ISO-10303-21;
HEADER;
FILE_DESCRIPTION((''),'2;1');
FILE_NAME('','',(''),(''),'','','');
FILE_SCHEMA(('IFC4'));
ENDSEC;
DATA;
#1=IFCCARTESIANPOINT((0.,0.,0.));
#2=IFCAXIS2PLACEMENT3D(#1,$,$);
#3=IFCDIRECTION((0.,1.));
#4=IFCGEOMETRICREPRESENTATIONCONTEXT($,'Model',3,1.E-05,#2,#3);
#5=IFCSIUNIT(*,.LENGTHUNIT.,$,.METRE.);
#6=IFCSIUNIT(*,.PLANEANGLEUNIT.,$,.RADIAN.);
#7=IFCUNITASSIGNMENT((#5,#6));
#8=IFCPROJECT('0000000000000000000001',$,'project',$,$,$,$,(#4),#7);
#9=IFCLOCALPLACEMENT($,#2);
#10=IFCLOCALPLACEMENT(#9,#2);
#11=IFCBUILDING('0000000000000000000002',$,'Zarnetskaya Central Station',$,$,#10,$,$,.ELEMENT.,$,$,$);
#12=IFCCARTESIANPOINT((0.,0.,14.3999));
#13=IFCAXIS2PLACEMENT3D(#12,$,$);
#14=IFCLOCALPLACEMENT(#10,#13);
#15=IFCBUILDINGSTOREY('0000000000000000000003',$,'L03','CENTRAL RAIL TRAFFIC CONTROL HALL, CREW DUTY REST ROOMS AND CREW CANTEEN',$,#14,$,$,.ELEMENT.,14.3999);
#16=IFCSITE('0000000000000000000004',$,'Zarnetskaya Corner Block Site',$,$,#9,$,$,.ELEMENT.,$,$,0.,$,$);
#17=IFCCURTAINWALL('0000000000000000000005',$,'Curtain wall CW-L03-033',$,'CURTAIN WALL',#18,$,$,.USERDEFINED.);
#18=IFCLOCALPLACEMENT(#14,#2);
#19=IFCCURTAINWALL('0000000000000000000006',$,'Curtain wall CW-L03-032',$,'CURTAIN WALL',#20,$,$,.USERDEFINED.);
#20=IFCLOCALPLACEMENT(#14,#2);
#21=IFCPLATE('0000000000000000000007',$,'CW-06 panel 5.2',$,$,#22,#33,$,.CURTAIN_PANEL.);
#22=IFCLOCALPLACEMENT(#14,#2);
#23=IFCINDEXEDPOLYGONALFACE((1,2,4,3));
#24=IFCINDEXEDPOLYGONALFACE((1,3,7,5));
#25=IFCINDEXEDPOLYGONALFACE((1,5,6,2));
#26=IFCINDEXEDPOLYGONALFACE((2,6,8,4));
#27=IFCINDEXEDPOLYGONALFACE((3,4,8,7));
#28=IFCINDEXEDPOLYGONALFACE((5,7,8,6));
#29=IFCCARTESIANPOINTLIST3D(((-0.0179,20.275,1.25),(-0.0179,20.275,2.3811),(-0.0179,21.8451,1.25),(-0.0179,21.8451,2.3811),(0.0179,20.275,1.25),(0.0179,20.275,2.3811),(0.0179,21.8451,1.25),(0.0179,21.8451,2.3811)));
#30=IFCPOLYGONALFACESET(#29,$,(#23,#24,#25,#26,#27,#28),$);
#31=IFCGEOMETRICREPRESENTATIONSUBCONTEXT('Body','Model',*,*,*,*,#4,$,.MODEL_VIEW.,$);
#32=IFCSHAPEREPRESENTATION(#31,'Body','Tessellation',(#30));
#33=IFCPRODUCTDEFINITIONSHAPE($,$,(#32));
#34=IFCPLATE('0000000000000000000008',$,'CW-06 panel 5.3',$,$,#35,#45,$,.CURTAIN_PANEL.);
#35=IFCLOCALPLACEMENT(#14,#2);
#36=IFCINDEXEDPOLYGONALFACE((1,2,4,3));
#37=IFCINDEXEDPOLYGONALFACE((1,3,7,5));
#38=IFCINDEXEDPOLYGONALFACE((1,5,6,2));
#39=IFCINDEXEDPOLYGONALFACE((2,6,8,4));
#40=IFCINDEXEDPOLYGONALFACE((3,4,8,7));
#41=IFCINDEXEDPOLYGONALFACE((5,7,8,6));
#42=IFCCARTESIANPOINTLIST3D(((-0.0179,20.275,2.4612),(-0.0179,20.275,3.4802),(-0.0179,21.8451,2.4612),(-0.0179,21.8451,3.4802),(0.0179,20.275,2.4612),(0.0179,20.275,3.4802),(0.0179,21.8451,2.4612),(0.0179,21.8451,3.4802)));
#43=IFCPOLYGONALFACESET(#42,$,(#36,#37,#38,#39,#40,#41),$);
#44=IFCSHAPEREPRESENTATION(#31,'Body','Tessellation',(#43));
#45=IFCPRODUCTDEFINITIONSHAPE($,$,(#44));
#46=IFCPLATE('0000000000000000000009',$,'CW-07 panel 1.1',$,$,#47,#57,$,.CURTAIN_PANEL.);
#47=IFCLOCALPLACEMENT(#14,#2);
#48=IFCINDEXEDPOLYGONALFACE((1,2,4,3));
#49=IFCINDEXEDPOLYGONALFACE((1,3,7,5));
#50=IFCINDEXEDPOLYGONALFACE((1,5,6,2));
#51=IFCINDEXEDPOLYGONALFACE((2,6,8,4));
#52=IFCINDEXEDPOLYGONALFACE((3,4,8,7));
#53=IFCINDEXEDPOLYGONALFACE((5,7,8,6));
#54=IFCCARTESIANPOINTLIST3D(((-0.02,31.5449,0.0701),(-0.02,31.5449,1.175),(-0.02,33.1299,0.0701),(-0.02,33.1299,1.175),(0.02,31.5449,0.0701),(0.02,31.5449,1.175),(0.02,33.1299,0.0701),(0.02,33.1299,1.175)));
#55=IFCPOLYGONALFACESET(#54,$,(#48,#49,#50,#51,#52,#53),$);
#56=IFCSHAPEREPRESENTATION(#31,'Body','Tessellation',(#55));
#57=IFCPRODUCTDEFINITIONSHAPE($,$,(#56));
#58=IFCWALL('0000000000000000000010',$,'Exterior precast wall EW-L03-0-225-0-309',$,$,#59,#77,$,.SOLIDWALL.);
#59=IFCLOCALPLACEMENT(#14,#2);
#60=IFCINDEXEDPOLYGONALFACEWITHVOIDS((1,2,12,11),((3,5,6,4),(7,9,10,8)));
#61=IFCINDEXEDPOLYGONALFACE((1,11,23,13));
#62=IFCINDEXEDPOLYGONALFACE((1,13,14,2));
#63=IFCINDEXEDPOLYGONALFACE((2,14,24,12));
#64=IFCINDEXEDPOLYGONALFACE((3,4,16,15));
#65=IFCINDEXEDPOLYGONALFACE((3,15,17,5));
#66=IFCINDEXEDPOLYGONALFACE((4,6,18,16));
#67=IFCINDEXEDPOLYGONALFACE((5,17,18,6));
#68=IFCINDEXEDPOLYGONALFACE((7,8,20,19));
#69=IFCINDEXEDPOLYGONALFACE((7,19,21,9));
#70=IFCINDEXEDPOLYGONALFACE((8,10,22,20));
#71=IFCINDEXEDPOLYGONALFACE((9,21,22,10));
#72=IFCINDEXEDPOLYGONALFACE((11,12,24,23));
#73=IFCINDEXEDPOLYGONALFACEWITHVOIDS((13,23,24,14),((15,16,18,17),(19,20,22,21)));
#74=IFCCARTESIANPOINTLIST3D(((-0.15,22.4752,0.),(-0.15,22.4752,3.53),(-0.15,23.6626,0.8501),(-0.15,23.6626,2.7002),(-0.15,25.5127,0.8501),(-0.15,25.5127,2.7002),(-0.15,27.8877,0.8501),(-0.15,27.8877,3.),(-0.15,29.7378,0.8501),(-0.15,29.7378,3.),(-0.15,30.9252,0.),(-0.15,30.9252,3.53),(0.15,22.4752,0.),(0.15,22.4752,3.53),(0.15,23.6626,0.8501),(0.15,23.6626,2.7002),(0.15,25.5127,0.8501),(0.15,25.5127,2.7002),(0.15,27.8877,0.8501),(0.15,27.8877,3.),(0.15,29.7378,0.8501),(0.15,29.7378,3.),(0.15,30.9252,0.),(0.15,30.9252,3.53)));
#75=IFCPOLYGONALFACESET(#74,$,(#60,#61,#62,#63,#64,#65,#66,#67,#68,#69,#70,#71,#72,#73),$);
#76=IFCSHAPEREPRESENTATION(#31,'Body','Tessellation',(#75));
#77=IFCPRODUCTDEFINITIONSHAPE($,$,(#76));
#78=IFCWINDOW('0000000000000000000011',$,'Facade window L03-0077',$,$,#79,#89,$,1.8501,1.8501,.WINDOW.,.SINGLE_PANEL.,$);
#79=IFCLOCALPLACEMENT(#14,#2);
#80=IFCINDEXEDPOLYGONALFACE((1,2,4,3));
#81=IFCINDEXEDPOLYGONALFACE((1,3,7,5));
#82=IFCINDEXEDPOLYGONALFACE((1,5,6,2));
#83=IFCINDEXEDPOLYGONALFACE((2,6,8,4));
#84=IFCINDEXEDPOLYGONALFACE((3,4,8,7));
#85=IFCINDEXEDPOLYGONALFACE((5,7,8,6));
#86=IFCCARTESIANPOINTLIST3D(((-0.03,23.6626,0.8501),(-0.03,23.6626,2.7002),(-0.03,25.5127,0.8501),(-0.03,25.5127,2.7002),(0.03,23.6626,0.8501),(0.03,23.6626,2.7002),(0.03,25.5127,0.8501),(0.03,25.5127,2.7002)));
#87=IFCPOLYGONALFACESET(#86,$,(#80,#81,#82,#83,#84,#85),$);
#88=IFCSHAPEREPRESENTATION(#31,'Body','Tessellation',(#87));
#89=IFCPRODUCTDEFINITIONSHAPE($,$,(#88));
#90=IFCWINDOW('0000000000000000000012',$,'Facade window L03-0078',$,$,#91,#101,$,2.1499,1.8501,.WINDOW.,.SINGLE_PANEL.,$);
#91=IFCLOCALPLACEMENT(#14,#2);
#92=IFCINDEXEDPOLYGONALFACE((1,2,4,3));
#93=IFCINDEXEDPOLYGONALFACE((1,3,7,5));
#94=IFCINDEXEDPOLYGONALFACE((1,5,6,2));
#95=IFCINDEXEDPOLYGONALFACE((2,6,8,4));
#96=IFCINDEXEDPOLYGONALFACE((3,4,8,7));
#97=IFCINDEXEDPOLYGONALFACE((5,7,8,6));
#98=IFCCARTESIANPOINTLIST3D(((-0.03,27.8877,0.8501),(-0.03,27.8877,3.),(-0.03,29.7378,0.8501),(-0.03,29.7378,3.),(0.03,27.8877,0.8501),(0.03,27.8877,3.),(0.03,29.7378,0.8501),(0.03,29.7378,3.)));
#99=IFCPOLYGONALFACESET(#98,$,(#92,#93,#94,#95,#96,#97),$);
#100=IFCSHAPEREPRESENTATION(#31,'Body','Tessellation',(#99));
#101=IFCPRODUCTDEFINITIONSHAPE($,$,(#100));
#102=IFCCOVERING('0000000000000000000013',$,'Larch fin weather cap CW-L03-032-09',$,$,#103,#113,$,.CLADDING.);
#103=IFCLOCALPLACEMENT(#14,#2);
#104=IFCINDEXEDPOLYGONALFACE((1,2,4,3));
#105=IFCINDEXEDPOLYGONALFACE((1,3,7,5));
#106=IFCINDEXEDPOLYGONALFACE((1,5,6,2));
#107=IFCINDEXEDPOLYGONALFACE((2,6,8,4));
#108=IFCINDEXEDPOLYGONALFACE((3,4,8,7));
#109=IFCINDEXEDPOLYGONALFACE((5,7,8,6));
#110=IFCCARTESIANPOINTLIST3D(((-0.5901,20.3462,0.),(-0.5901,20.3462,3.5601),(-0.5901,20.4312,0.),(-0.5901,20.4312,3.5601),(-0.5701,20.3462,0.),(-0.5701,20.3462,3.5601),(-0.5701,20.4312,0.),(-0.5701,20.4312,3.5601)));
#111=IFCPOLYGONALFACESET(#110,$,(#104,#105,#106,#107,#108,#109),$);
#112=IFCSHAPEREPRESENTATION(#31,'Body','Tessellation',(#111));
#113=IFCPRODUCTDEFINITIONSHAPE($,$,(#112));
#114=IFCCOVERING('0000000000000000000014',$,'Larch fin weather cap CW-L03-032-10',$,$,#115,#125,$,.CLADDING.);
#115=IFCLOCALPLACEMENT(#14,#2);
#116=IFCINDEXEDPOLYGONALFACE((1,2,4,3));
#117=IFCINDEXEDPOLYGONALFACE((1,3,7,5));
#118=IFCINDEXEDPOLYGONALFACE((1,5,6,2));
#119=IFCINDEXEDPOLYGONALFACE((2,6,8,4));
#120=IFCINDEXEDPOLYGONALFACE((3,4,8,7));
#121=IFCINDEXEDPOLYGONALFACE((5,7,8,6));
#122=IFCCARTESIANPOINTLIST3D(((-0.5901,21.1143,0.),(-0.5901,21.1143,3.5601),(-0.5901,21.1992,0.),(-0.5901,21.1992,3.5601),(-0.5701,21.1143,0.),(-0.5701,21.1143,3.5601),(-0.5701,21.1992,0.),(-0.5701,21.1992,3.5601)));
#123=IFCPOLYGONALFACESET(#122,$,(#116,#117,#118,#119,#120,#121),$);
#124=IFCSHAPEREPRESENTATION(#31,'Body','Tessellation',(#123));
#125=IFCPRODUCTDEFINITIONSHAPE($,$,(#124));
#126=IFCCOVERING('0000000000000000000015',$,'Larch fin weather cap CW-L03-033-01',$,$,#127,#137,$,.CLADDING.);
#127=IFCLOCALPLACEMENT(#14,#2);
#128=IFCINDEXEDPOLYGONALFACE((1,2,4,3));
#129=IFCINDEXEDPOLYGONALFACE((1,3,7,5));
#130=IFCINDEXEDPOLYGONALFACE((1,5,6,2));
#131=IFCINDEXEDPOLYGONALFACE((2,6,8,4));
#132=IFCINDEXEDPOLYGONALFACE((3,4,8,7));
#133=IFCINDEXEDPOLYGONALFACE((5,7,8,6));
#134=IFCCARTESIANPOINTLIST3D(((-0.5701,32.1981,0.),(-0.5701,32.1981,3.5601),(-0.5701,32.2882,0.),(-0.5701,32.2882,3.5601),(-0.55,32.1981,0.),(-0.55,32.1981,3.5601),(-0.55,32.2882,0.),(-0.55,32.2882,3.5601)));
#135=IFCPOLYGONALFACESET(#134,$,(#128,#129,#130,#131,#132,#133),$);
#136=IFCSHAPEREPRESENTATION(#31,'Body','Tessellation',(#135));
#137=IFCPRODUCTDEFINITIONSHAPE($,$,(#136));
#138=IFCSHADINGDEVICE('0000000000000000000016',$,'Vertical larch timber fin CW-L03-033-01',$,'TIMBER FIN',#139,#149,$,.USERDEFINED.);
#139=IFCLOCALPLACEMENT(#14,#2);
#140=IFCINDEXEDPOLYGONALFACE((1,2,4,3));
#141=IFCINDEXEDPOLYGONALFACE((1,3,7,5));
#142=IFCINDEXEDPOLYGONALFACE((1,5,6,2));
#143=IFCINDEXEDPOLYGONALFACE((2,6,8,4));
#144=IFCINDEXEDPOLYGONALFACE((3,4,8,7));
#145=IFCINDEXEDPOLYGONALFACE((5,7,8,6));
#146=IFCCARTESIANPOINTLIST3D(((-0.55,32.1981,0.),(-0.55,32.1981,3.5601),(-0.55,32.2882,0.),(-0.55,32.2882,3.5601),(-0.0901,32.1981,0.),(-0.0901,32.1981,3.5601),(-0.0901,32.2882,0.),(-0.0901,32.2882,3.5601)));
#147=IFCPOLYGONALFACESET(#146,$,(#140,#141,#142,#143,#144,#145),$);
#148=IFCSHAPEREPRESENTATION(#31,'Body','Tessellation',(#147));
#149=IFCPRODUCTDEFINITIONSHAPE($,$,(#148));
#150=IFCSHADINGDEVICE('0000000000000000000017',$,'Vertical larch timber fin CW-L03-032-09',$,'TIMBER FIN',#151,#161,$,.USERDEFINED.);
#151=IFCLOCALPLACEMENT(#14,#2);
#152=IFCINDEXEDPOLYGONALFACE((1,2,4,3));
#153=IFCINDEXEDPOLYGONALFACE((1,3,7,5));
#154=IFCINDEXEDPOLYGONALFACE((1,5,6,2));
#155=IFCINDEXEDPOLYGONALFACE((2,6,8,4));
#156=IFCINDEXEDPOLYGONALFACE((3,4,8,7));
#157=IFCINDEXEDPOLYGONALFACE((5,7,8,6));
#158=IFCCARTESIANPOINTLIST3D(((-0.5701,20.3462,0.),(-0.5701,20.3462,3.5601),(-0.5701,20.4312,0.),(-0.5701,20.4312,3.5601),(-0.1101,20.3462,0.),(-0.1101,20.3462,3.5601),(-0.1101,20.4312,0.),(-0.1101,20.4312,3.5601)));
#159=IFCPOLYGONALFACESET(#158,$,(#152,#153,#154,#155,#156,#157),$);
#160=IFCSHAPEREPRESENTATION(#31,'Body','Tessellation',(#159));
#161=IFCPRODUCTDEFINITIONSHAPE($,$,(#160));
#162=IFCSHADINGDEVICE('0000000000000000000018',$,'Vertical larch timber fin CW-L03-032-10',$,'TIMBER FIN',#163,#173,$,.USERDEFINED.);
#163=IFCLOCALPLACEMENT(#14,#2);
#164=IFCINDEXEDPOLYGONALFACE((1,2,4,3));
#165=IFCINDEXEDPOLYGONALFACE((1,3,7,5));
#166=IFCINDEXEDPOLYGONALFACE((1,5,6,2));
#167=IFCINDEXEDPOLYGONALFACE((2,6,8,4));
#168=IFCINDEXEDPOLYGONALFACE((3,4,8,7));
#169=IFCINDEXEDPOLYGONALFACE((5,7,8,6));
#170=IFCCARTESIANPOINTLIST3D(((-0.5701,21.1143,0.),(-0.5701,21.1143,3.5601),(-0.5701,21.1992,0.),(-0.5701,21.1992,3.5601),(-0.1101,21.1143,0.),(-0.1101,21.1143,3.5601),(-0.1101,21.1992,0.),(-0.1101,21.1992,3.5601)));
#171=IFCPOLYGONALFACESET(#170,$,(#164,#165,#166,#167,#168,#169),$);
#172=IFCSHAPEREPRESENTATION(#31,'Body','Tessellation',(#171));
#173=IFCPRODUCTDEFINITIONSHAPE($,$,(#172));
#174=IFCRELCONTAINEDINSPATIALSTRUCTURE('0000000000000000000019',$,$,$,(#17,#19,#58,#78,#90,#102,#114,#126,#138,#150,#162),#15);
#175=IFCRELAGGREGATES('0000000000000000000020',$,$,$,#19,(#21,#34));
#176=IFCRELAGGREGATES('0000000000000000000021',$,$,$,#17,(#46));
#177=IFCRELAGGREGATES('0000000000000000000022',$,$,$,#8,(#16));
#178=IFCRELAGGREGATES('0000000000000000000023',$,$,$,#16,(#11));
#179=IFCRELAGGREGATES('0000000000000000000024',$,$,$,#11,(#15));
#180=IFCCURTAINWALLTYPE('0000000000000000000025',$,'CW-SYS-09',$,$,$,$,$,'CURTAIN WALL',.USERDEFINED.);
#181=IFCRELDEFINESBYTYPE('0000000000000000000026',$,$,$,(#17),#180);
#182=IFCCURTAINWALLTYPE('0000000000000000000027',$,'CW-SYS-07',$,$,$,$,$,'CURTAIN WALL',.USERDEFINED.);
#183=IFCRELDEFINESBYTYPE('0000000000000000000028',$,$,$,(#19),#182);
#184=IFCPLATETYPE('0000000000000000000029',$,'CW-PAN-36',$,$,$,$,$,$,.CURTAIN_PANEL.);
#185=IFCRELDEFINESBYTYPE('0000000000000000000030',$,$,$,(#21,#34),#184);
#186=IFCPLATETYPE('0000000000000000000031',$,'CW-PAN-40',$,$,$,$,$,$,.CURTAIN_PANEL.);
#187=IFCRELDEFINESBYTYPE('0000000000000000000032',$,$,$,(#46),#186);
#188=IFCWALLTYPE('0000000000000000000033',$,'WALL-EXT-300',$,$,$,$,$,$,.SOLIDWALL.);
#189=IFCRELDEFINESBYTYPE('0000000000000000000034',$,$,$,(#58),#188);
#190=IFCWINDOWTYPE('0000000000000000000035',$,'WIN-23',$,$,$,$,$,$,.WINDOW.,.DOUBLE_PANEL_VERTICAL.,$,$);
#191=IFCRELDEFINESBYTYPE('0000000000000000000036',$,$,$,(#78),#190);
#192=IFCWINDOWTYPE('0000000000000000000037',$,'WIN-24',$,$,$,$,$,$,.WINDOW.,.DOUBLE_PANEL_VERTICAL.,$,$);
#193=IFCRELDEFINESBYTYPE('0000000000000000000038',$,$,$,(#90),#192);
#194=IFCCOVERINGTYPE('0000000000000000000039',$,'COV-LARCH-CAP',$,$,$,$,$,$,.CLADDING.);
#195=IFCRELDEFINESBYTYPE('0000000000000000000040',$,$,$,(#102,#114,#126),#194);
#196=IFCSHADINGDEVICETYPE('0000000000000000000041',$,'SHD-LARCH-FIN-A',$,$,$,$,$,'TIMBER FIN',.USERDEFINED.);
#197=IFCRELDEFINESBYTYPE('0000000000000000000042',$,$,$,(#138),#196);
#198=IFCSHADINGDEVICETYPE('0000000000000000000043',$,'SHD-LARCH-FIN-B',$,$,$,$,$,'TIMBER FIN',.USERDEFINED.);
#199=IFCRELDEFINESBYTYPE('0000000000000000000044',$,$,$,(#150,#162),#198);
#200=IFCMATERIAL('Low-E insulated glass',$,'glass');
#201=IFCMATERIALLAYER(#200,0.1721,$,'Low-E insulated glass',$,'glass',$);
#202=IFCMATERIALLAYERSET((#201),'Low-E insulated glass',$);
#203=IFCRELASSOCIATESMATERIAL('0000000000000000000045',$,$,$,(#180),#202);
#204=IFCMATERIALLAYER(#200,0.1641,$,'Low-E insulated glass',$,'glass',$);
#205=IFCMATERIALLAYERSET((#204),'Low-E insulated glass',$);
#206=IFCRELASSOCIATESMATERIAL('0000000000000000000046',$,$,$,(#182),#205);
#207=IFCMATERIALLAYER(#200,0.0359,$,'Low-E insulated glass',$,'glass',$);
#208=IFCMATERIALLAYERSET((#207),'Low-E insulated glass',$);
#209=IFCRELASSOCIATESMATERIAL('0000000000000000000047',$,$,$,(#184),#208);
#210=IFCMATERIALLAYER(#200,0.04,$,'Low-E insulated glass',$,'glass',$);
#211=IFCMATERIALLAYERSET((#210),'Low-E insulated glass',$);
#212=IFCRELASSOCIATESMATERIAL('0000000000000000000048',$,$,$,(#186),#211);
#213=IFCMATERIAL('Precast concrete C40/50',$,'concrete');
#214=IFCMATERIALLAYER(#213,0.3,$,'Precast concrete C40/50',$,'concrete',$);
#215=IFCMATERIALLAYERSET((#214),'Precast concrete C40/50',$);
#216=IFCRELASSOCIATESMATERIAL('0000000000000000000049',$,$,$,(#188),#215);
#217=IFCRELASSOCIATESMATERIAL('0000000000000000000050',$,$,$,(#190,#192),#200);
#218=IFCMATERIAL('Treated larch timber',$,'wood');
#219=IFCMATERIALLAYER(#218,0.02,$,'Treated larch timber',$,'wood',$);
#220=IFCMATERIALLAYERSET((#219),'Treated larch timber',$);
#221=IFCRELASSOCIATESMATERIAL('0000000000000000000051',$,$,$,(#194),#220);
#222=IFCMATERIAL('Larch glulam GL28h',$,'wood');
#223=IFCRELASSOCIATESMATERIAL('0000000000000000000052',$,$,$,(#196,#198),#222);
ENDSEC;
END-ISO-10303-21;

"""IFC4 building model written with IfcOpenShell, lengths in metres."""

from ifc_helpers import new_model, si_unit, direction, frame, frame_2d, origin, origin_2d, place, context, subcontext, project, spatial, rectangle, extrude, material, layer, layer_set, type_object, element, fill, aggregate, save


model = new_model("IFC4")

# Units and contexts
model_context = context("Model", 3, precision=1e-05, world=origin(), true_north=direction((0.0, 1.0)))
body_context = subcontext(model_context, "Body", "Model", "MODEL_VIEW")
ifc_project = project(units=[si_unit("LENGTHUNIT", "METRE"), si_unit("PLANEANGLEUNIT", "RADIAN")], contexts=[model_context])

# Site, building, storey
site_placement = place(None, origin())
site = spatial("IfcSite", under=ifc_project, at=site_placement, Name="Zarnetskaya Corner Block Site", CompositionType="ELEMENT", RefElevation=0.0)
building_placement = place(site_placement, origin())
building = spatial("IfcBuilding", under=site, at=building_placement, Name="Zarnetskaya Central Station", CompositionType="ELEMENT")
storey_placement = place(building_placement, frame((0.0, 0.0, 14.3999)))
storey = spatial("IfcBuildingStorey", under=building, at=storey_placement, Name="L03", Description="CENTRAL RAIL TRAFFIC CONTROL HALL, CREW DUTY REST ROOMS AND CREW CANTEEN", CompositionType="ELEMENT", Elevation=14.3999)

# Curtain walls
ifc_material_1 = material(Name="Low-E insulated glass", Category="glass")
ifc_layer_1 = layer(ifc_material_1, 0.1721, Name="Low-E insulated glass", Category="glass")
ifc_layer_set_1 = layer_set([ifc_layer_1], Name="Low-E insulated glass")
curtain_wall_type_1 = type_object("IfcCurtainWallType", Name="CW-SYS-09", ElementType="CURTAIN WALL", PredefinedType="USERDEFINED", material=ifc_layer_set_1)
curtain_wall_1_placement = place(storey_placement, origin())
curtain_wall_1 = element("IfcCurtainWall", 1, at=curtain_wall_1_placement, inside=storey, type_object=curtain_wall_type_1, Name="Curtain wall CW-L03-033", ObjectType="CURTAIN WALL", PredefinedType="USERDEFINED")
ifc_layer_2 = layer(ifc_material_1, 0.1641, Name="Low-E insulated glass", Category="glass")
ifc_layer_set_2 = layer_set([ifc_layer_2], Name="Low-E insulated glass")
curtain_wall_type_2 = type_object("IfcCurtainWallType", Name="CW-SYS-07", ElementType="CURTAIN WALL", PredefinedType="USERDEFINED", material=ifc_layer_set_2)
curtain_wall_2_placement = place(storey_placement, origin())
curtain_wall_2 = element("IfcCurtainWall", 2, at=curtain_wall_2_placement, inside=storey, type_object=curtain_wall_type_2, Name="Curtain wall CW-L03-032", ObjectType="CURTAIN WALL", PredefinedType="USERDEFINED")

# Plates
ifc_layer_3 = layer(ifc_material_1, 0.0359, Name="Low-E insulated glass", Category="glass")
ifc_layer_set_3 = layer_set([ifc_layer_3], Name="Low-E insulated glass")
plate_type_1 = type_object("IfcPlateType", Name="CW-PAN-36", PredefinedType="CURTAIN_PANEL", material=ifc_layer_set_3)
plate_1_placement = place(storey_placement, frame((0.0, 21.0601, 1.25), z_axis=(0.0, 0.0, 1.0), x_axis=(0.0, 1.0, 0.0)))
plate_1 = element("IfcPlate", 3, at=plate_1_placement, type_object=plate_type_1, Name="CW-06 panel 5.2", PredefinedType="CURTAIN_PANEL", context=body_context, shape_type="SweptSolid", body=[
    extrude(rectangle(XDim=1.5701, YDim=0.0359, at=origin_2d()), origin(), (0.0, 0.0, 1.0), 1.1311),
])
plate_2_placement = place(storey_placement, frame((0.0, 21.0601, 2.4612), z_axis=(0.0, 0.0, 1.0), x_axis=(0.0, 1.0, 0.0)))
plate_2 = element("IfcPlate", 4, at=plate_2_placement, type_object=plate_type_1, Name="CW-06 panel 5.3", PredefinedType="CURTAIN_PANEL", context=body_context, shape_type="SweptSolid", body=[
    extrude(rectangle(XDim=1.5701, YDim=0.0359, at=origin_2d()), origin(), (0.0, 0.0, 1.0), 1.019),
])
aggregate(curtain_wall_2, [plate_1, plate_2])
ifc_layer_4 = layer(ifc_material_1, 0.04, Name="Low-E insulated glass", Category="glass")
ifc_layer_set_4 = layer_set([ifc_layer_4], Name="Low-E insulated glass")
plate_type_2 = type_object("IfcPlateType", Name="CW-PAN-40", PredefinedType="CURTAIN_PANEL", material=ifc_layer_set_4)
plate_3_placement = place(storey_placement, frame((0.0, 32.3374, 0.0701), z_axis=(0.0, 0.0, 1.0), x_axis=(0.0, 1.0, 0.0)))
plate_3 = element("IfcPlate", 5, at=plate_3_placement, type_object=plate_type_2, Name="CW-07 panel 1.1", PredefinedType="CURTAIN_PANEL", context=body_context, shape_type="SweptSolid", body=[
    extrude(rectangle(XDim=1.585, YDim=0.04, at=origin_2d()), origin(), (0.0, 0.0, 1.0), 1.105),
])
aggregate(curtain_wall_1, [plate_3])

# Wall, openings, windows
ifc_material_2 = material(Name="Precast concrete C40/50", Category="concrete")
ifc_layer_5 = layer(ifc_material_2, 0.3, Name="Precast concrete C40/50", Category="concrete")
ifc_layer_set_5 = layer_set([ifc_layer_5], Name="Precast concrete C40/50")
wall_type = type_object("IfcWallType", Name="WALL-EXT-300", PredefinedType="SOLIDWALL", material=ifc_layer_set_5)
wall_placement = place(storey_placement, frame((0.0, 22.4751, 0.0), z_axis=(0.0, 0.0, 1.0), x_axis=(0.0, 1.0, 0.0)))
wall = element("IfcWall", 6, at=wall_placement, inside=storey, type_object=wall_type, Name="Exterior precast wall EW-L03-0-225-0-309", PredefinedType="SOLIDWALL", context=body_context, shape_type="SweptSolid", body=[
    extrude(rectangle(XDim=8.45, YDim=0.3, at=frame_2d((4.2251, 0.0))), origin(), (0.0, 0.0, 1.0), 3.53),
])
opening_1_placement = place(wall_placement, frame((1.1875, 0.0, 0.8501)))
opening_1 = element("IfcOpeningElement", 7, at=opening_1_placement, cuts=wall, PredefinedType="OPENING", context=body_context, shape_type="SweptSolid", body=[
    extrude(rectangle(XDim=1.8501, YDim=1.8501, at=frame_2d((0.925, 0.925))), frame((0.0, 0.1602, 0.0), z_axis=(0.0, -1.0, 0.0), x_axis=(1.0, 0.0, 0.0)), (0.0, 0.0, 1.0), 0.3201),
])
opening_2_placement = place(wall_placement, frame((5.4126, 0.0, 0.8501)))
opening_2 = element("IfcOpeningElement", 8, at=opening_2_placement, cuts=wall, PredefinedType="OPENING", context=body_context, shape_type="SweptSolid", body=[
    extrude(rectangle(XDim=1.8501, YDim=2.1499, at=frame_2d((0.925, 1.075))), frame((0.0, 0.1602, 0.0), z_axis=(0.0, -1.0, 0.0), x_axis=(1.0, 0.0, 0.0)), (0.0, 0.0, 1.0), 0.3201),
])
window_type_1 = type_object("IfcWindowType", Name="WIN-23", PartitioningType="DOUBLE_PANEL_VERTICAL", PredefinedType="WINDOW", material=ifc_material_1)
window_1_placement = place(opening_1_placement, origin())
window_1 = element("IfcWindow", 9, at=window_1_placement, inside=storey, type_object=window_type_1, Name="Facade window L03-0077", OverallHeight=1.8501, OverallWidth=1.8501, PartitioningType="SINGLE_PANEL", PredefinedType="WINDOW", context=body_context, shape_type="SweptSolid", body=[
    extrude(rectangle(XDim=1.8501, YDim=1.8501, at=frame_2d((0.925, 0.925))), frame((0.0, 0.03, 0.0), z_axis=(0.0, -1.0, 0.0), x_axis=(1.0, 0.0, 0.0)), (0.0, 0.0, 1.0), 0.0601),
])
fill(opening_1, window_1)
window_type_2 = type_object("IfcWindowType", Name="WIN-24", PartitioningType="DOUBLE_PANEL_VERTICAL", PredefinedType="WINDOW", material=ifc_material_1)
window_2_placement = place(opening_2_placement, origin())
window_2 = element("IfcWindow", 10, at=window_2_placement, inside=storey, type_object=window_type_2, Name="Facade window L03-0078", OverallHeight=2.1499, OverallWidth=1.8501, PartitioningType="SINGLE_PANEL", PredefinedType="WINDOW", context=body_context, shape_type="SweptSolid", body=[
    extrude(rectangle(XDim=1.8501, YDim=2.1499, at=frame_2d((0.925, 1.075))), frame((0.0, 0.03, 0.0), z_axis=(0.0, -1.0, 0.0), x_axis=(1.0, 0.0, 0.0)), (0.0, 0.0, 1.0), 0.0601),
])
fill(opening_2, window_2)

# Coverings
ifc_material_3 = material(Name="Treated larch timber", Category="wood")
ifc_layer_6 = layer(ifc_material_3, 0.02, Name="Treated larch timber", Category="wood")
ifc_layer_set_6 = layer_set([ifc_layer_6], Name="Treated larch timber")
covering_type = type_object("IfcCoveringType", Name="COV-LARCH-CAP", PredefinedType="CLADDING", material=ifc_layer_set_6)
for number, where, z_axis, x_axis, name in (
    (11, (-0.5801, 20.3887, 0.0), (0.0, 0.0, 1.0), (0.0, 1.0, 0.0), "Larch fin weather cap CW-L03-032-09"),
    (12, (-0.5801, 21.1567, 0.0), (0.0, 0.0, 1.0), (0.0, 1.0, 0.0), "Larch fin weather cap CW-L03-032-10"),
):
    element("IfcCovering", number, at=place(storey_placement, frame(where, z_axis=z_axis, x_axis=x_axis)), inside=storey, type_object=covering_type, Name=name, PredefinedType="CLADDING", context=body_context, shape_type="SweptSolid", body=[
        extrude(rectangle(XDim=0.085, YDim=0.02, at=origin_2d()), origin(), (0.0, 0.0, 1.0), 3.5601),
    ])
covering_placement = place(storey_placement, frame((-0.5601, 32.2432, 0.0), z_axis=(0.0, 0.0, 1.0), x_axis=(0.0, 1.0, 0.0)))
element("IfcCovering", 13, at=covering_placement, inside=storey, type_object=covering_type, Name="Larch fin weather cap CW-L03-033-01", PredefinedType="CLADDING", context=body_context, shape_type="SweptSolid", body=[
    extrude(rectangle(XDim=0.0901, YDim=0.02, at=origin_2d()), origin(), (0.0, 0.0, 1.0), 3.5601),
])

# Shading devices
ifc_material_4 = material(Name="Larch glulam GL28h", Category="wood")
shading_device_type_1 = type_object("IfcShadingDeviceType", Name="SHD-LARCH-FIN-A", ElementType="TIMBER FIN", PredefinedType="USERDEFINED", material=ifc_material_4)
shading_device_placement = place(storey_placement, frame((-0.3201, 32.2432, 0.0), z_axis=(0.0, 0.0, 1.0), x_axis=(0.0, 1.0, 0.0)))
element("IfcShadingDevice", 14, at=shading_device_placement, inside=storey, type_object=shading_device_type_1, Name="Vertical larch timber fin CW-L03-033-01", ObjectType="TIMBER FIN", PredefinedType="USERDEFINED", context=body_context, shape_type="SweptSolid", body=[
    extrude(rectangle(XDim=0.0901, YDim=0.46, at=origin_2d()), origin(), (0.0, 0.0, 1.0), 3.5601),
])
shading_device_type_2 = type_object("IfcShadingDeviceType", Name="SHD-LARCH-FIN-B", ElementType="TIMBER FIN", PredefinedType="USERDEFINED", material=ifc_material_4)
for number, where, z_axis, x_axis, name in (
    (15, (-0.3401, 20.3887, 0.0), (0.0, 0.0, 1.0), (0.0, 1.0, 0.0), "Vertical larch timber fin CW-L03-032-09"),
    (16, (-0.3401, 21.1567, 0.0), (0.0, 0.0, 1.0), (0.0, 1.0, 0.0), "Vertical larch timber fin CW-L03-032-10"),
):
    element("IfcShadingDevice", number, at=place(storey_placement, frame(where, z_axis=z_axis, x_axis=x_axis)), inside=storey, type_object=shading_device_type_2, Name=name, ObjectType="TIMBER FIN", PredefinedType="USERDEFINED", context=body_context, shape_type="SweptSolid", body=[
        extrude(rectangle(XDim=0.085, YDim=0.46, at=origin_2d()), origin(), (0.0, 0.0, 1.0), 3.5601),
    ])

save(model, "model.ifc")
